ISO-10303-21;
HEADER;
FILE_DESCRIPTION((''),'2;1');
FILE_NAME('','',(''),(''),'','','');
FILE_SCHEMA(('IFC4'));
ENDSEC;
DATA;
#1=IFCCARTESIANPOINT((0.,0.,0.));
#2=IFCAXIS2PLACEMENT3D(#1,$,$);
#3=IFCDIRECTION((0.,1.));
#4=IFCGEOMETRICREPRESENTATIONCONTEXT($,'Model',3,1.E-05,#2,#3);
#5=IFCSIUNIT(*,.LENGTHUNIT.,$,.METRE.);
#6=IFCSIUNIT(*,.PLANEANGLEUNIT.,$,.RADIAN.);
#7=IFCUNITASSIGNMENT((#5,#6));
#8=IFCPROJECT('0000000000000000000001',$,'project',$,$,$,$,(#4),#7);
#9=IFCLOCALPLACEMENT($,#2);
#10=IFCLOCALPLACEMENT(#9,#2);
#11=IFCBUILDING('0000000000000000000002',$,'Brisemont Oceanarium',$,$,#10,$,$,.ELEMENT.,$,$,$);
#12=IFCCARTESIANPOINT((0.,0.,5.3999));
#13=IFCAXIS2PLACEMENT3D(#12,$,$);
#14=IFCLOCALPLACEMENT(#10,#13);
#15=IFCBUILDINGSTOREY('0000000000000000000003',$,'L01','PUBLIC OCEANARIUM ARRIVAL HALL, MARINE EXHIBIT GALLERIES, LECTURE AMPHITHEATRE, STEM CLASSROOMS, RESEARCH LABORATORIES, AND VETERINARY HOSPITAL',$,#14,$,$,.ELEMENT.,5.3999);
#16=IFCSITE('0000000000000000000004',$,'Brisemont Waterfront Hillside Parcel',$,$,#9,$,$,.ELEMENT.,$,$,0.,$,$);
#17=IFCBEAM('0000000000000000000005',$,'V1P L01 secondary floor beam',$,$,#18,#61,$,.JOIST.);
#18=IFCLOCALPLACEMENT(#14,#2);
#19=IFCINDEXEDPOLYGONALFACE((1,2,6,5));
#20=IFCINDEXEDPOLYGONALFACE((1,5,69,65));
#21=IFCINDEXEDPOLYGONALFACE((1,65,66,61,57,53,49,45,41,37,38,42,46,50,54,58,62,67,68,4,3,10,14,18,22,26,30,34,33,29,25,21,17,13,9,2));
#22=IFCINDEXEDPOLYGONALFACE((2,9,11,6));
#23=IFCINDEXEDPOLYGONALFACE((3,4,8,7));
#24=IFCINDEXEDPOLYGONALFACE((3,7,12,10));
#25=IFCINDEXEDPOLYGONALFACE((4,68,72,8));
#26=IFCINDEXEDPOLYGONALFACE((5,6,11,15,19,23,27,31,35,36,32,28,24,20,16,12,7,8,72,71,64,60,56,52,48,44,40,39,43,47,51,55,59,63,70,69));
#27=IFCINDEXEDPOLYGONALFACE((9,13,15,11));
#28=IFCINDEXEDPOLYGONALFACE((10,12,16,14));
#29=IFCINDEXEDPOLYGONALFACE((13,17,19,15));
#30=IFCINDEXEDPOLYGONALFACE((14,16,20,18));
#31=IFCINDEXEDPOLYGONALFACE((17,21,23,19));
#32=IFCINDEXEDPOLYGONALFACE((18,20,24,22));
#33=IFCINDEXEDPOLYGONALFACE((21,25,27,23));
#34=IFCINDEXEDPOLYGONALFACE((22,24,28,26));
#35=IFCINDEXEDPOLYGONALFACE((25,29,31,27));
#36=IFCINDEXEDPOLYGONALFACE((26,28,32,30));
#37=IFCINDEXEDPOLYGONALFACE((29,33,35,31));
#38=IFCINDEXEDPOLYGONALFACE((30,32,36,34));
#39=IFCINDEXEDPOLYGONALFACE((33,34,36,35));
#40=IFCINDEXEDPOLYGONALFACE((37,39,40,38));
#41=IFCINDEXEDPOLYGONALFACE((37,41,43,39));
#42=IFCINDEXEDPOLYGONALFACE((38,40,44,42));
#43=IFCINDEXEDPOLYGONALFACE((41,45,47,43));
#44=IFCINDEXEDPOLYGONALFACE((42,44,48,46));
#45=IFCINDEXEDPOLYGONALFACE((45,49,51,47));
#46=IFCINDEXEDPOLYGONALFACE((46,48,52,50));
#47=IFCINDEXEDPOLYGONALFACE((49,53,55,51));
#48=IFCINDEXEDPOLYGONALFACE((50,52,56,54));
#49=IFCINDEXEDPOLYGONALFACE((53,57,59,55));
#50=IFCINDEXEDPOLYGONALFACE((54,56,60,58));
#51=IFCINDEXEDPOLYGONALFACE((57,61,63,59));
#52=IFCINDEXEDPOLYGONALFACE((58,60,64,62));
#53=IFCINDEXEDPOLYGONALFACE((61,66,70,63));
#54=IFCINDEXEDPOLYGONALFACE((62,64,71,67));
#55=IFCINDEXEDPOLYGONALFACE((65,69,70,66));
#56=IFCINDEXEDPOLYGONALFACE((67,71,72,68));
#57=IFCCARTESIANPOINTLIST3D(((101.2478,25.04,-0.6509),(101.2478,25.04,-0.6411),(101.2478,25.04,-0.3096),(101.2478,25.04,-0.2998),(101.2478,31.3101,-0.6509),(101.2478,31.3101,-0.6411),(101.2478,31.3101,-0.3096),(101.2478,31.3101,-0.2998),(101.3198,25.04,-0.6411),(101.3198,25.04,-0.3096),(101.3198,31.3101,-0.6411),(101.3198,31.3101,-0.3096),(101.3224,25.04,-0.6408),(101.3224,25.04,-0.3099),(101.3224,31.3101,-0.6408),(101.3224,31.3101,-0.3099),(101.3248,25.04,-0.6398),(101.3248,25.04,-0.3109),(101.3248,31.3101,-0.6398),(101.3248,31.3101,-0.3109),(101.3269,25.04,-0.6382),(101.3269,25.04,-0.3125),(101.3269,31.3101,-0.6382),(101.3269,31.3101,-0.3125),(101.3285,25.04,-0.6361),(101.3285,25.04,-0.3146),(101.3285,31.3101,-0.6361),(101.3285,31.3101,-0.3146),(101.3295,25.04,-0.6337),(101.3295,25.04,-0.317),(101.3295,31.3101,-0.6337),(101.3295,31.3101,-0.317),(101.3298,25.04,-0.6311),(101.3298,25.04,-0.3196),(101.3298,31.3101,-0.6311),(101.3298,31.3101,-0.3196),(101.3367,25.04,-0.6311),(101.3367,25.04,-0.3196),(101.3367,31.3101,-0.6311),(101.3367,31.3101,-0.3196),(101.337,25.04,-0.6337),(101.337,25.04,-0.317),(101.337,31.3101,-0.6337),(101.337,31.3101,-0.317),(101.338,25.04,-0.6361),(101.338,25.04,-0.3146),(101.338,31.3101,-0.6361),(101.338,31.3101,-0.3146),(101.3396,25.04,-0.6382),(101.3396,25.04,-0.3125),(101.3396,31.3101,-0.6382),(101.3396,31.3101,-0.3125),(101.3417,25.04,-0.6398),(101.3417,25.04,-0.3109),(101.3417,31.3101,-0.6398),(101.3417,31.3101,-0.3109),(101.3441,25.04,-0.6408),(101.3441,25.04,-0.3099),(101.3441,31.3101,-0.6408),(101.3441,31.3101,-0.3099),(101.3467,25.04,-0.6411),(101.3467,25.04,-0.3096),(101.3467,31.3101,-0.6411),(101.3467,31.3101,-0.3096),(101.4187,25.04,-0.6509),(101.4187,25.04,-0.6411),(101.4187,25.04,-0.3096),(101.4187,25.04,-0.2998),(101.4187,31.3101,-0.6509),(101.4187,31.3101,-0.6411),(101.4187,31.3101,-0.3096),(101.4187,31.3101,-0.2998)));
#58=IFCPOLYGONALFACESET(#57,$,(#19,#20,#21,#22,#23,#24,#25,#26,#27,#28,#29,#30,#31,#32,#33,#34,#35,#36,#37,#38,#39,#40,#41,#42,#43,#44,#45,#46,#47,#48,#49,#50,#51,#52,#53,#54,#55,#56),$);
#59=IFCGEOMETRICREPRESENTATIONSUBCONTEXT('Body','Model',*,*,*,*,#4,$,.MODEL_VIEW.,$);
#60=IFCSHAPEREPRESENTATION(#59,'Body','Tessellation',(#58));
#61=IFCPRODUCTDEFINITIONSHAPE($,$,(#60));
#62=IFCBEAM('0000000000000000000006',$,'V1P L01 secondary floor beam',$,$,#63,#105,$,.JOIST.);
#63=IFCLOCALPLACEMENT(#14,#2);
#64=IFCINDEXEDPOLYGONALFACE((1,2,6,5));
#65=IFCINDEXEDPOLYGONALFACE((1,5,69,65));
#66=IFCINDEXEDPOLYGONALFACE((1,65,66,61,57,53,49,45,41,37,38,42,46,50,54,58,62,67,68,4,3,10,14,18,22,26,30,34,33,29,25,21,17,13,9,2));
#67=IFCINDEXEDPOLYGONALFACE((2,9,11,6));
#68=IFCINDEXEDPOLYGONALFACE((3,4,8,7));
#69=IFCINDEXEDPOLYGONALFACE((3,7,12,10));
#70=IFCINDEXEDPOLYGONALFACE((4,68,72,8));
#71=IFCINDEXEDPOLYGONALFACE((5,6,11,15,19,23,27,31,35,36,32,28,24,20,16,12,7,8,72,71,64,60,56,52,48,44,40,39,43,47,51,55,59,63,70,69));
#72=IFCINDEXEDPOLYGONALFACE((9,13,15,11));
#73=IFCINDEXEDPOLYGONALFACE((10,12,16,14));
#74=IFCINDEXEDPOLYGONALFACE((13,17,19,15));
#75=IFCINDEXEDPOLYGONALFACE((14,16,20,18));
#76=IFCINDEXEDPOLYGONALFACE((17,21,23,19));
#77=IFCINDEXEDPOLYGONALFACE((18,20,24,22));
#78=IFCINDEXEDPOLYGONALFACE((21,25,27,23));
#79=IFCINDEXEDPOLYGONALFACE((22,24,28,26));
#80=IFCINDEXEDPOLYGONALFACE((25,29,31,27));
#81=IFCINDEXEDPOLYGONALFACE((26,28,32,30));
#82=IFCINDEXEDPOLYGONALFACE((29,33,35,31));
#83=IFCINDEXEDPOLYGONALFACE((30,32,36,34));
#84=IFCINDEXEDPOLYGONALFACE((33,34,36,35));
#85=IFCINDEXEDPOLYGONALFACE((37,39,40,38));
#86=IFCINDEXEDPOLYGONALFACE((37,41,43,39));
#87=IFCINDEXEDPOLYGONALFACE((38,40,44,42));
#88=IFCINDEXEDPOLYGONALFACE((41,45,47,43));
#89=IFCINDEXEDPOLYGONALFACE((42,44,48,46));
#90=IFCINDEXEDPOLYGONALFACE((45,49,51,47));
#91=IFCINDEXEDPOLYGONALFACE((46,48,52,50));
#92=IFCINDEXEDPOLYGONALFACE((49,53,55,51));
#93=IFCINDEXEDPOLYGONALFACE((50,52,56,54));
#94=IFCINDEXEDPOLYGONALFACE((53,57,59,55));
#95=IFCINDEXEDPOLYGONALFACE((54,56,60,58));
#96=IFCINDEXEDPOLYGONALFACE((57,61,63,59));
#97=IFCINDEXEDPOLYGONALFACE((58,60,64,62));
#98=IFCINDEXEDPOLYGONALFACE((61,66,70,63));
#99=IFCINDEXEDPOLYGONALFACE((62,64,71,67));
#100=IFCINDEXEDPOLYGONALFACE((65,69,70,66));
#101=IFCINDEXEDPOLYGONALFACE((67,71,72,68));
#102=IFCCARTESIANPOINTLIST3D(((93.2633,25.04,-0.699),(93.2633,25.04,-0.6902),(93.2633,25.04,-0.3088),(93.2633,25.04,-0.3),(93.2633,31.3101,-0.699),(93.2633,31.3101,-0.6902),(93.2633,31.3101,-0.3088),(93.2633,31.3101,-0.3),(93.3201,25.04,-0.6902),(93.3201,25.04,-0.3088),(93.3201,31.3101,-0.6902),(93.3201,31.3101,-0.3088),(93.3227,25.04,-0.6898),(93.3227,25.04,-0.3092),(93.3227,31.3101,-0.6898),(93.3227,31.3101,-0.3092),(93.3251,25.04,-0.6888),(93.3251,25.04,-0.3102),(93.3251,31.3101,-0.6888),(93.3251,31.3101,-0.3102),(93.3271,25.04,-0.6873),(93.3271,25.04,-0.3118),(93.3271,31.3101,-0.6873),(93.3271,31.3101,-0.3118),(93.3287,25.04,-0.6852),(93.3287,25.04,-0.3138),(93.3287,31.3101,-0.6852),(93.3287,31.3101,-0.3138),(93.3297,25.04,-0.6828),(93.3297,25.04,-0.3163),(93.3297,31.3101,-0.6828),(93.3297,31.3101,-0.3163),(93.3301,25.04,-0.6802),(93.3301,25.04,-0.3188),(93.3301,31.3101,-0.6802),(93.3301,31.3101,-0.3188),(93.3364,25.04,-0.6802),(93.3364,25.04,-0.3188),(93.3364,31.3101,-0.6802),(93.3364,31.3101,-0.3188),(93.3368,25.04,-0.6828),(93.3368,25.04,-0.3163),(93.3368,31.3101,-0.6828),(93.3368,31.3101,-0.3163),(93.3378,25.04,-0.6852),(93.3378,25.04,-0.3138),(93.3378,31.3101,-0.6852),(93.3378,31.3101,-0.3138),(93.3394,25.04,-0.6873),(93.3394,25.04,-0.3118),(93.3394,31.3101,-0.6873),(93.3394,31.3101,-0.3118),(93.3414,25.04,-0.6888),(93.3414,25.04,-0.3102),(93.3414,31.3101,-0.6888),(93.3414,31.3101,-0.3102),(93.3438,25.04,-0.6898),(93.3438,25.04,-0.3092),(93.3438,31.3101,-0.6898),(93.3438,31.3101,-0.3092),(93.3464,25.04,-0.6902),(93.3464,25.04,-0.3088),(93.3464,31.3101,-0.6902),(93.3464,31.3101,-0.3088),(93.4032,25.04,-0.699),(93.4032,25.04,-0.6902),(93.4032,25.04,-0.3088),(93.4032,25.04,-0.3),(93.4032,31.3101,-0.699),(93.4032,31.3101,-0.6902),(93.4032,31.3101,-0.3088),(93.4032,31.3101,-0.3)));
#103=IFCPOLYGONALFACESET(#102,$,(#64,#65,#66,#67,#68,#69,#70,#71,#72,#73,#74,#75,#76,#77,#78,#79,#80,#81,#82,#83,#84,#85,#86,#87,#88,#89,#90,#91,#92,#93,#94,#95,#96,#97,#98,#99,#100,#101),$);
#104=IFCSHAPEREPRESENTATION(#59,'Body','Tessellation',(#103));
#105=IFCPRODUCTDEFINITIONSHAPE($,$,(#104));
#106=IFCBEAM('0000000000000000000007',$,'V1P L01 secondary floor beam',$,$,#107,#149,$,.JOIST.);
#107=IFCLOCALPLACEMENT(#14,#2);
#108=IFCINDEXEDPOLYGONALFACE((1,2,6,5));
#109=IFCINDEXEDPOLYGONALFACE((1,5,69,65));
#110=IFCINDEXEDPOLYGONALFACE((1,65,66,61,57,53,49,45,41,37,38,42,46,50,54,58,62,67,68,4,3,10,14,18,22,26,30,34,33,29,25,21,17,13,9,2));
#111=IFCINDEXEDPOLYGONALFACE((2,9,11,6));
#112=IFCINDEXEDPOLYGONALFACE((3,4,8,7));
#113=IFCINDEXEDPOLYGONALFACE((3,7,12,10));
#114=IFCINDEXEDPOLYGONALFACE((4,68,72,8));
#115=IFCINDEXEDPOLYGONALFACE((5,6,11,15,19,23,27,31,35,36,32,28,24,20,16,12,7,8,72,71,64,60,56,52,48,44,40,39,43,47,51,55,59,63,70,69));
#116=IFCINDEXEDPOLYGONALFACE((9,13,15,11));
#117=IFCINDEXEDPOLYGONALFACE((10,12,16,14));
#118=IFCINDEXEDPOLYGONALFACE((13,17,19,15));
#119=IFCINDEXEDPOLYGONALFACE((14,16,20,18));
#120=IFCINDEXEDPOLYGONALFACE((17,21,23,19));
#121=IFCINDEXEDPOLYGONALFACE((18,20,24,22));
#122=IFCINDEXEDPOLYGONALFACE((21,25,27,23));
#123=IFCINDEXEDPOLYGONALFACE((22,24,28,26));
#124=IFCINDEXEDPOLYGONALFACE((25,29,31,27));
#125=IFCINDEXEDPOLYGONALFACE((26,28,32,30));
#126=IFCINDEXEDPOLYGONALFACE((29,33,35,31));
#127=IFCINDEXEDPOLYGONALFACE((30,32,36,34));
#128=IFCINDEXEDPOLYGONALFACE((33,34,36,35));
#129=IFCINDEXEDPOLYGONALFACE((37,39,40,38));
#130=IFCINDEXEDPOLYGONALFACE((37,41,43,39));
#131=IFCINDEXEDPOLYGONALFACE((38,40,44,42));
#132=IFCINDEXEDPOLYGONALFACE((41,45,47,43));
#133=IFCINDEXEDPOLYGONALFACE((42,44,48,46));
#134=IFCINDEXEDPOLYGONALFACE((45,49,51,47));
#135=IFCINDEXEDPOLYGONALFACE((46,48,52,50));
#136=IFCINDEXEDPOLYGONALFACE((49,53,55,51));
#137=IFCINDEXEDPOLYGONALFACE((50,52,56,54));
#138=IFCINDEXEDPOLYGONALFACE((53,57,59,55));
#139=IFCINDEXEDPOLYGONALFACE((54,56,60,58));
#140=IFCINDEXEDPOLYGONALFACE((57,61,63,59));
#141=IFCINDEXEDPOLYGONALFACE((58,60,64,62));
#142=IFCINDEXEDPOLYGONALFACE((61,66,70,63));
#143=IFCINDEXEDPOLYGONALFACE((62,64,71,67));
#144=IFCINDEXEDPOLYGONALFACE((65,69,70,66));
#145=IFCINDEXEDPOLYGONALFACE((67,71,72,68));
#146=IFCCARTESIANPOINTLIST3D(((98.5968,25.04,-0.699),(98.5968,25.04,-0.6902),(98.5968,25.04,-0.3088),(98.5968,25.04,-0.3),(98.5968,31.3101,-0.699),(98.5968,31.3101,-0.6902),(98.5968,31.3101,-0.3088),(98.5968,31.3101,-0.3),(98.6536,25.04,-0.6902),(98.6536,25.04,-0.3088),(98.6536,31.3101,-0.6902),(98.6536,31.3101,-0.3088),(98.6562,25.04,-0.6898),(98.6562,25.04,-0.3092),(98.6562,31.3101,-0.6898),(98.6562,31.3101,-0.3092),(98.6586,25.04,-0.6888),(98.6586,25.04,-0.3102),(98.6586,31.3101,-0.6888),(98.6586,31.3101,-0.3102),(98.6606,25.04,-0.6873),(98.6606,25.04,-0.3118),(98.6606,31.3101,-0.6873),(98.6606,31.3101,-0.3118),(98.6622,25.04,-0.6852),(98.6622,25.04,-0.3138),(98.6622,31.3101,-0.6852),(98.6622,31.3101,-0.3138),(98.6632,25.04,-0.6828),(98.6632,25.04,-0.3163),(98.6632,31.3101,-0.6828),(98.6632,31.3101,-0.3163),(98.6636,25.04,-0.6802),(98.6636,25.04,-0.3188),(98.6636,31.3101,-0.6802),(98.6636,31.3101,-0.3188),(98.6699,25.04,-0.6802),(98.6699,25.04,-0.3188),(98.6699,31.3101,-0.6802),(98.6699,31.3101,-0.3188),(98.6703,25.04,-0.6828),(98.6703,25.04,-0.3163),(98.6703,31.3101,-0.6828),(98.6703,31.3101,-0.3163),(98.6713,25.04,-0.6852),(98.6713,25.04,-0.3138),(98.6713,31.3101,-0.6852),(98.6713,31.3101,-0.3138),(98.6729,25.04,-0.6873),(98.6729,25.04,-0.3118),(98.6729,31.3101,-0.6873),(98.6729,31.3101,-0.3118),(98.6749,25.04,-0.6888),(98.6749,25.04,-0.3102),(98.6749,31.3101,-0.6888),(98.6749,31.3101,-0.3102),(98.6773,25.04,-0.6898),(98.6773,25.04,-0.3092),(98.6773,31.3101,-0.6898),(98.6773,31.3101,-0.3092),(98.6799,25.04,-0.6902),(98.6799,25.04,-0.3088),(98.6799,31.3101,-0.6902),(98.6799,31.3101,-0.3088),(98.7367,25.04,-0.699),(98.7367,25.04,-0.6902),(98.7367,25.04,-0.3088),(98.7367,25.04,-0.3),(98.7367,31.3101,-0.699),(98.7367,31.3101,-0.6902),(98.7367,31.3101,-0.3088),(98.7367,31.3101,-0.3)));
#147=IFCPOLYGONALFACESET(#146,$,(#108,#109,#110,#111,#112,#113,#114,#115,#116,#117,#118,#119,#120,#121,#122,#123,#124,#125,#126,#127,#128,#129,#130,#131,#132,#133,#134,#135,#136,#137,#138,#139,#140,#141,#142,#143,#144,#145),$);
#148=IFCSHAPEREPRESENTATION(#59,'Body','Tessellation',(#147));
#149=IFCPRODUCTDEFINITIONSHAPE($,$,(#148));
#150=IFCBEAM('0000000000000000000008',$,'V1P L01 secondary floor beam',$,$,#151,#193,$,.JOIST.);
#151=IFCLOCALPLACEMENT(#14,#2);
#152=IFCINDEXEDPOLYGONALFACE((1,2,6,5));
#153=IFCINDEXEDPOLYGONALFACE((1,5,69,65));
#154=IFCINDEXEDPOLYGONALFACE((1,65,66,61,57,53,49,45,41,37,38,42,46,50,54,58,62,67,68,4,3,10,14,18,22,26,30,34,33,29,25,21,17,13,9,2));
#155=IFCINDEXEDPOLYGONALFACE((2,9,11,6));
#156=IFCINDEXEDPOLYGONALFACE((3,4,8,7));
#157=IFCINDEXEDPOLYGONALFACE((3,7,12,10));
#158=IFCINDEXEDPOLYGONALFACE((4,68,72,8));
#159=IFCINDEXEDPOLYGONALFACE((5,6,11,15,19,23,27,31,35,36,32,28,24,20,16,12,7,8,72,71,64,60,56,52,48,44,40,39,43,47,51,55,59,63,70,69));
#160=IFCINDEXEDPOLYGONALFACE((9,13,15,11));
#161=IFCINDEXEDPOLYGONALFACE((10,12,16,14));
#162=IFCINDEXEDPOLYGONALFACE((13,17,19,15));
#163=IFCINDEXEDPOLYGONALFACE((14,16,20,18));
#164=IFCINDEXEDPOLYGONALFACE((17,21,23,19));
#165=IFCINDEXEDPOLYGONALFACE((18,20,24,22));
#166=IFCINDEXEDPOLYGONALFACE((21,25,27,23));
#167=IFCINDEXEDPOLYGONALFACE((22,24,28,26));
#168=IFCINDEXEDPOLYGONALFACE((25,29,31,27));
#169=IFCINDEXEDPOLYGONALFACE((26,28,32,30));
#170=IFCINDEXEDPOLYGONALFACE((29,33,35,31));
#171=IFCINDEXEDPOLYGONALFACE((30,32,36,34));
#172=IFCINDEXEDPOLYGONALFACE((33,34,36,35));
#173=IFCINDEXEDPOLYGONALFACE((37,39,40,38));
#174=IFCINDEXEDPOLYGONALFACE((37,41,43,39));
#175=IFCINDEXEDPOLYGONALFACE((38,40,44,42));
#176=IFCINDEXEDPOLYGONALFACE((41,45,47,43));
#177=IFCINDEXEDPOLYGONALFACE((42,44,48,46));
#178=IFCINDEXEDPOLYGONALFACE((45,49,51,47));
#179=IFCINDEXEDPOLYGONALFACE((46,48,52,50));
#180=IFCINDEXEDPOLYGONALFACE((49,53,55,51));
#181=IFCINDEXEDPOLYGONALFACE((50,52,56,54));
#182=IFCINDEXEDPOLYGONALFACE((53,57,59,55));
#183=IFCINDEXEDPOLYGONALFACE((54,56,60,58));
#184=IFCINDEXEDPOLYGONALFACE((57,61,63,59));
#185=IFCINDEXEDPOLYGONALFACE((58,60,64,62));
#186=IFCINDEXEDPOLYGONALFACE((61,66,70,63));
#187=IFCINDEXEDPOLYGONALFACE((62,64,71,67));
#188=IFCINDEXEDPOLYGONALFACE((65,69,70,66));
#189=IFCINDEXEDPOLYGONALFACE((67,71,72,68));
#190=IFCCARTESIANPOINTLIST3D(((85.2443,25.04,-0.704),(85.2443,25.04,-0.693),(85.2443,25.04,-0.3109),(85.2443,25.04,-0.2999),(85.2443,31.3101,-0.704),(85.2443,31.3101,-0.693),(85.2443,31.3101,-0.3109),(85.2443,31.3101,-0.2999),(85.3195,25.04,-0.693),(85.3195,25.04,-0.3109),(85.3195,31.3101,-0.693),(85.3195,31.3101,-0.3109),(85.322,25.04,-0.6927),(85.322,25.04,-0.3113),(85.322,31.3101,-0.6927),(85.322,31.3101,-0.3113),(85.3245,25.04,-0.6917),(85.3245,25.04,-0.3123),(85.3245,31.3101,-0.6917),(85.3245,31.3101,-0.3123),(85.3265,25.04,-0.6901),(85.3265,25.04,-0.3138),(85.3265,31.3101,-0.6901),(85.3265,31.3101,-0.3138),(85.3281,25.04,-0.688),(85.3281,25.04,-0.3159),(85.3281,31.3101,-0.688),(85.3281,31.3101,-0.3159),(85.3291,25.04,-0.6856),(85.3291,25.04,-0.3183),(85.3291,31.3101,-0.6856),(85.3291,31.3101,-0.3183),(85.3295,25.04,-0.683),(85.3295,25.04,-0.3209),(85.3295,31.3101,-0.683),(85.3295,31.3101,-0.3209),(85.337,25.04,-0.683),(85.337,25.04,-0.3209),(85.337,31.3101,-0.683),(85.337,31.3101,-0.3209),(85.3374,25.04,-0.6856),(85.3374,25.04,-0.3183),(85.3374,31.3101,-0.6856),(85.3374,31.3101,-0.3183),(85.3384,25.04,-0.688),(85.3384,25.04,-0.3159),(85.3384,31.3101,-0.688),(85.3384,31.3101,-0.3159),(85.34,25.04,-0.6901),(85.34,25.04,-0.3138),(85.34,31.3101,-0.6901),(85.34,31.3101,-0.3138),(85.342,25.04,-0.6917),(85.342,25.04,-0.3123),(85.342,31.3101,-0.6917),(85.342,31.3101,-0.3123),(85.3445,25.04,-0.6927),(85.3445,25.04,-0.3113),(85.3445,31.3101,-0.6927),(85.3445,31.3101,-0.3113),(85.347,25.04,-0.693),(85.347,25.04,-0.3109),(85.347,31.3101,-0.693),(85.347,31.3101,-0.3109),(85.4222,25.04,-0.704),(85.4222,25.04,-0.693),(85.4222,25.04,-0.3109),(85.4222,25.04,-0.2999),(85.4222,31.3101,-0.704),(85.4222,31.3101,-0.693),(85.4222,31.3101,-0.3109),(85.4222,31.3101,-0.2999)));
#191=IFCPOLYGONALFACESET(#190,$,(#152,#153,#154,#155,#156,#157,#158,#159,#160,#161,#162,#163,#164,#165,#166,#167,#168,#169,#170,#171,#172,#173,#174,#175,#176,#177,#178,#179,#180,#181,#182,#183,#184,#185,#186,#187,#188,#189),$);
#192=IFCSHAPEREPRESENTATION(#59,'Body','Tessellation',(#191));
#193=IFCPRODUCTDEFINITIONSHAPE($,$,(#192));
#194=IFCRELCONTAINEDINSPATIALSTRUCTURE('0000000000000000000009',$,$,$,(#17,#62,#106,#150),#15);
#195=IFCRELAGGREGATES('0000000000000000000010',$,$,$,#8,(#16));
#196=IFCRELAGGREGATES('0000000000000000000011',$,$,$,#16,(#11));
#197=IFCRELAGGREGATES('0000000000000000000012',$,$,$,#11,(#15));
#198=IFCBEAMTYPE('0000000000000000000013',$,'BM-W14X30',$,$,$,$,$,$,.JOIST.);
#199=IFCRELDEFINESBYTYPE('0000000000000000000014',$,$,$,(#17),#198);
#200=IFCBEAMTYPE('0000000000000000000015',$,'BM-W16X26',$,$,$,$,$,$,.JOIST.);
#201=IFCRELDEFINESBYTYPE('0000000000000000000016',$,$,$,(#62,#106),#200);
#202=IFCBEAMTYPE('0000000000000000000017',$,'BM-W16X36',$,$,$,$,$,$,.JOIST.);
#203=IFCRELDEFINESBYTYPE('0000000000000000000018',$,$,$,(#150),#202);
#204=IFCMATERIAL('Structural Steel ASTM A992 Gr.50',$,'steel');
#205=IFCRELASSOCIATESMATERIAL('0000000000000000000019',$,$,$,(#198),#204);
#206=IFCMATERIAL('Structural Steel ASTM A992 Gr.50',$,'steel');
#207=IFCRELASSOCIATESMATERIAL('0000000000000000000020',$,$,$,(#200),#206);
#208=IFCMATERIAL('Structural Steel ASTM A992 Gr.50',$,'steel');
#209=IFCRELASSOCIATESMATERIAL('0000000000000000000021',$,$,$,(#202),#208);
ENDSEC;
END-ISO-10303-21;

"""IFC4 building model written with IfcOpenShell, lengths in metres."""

from ifc_helpers import new_model, si_unit, direction, frame, origin, origin_2d, place, context, subcontext, project, spatial, i_section, extrude, material, material_profile, profile_set, type_object, element, save


model = new_model("IFC4")

# Units and contexts
model_context = context("Model", 3, precision=1e-05, world=origin(), true_north=direction((0.0, 1.0)))
body_context = subcontext(model_context, "Body", "Model", "MODEL_VIEW")
ifc_project = project(units=[si_unit("LENGTHUNIT", "METRE"), si_unit("PLANEANGLEUNIT", "RADIAN")], contexts=[model_context])

# Site, building, storey
site_placement = place(None, origin())
site = spatial("IfcSite", under=ifc_project, at=site_placement, Name="Brisemont Waterfront Hillside Parcel", CompositionType="ELEMENT", RefElevation=0.0)
building_placement = place(site_placement, origin())
building = spatial("IfcBuilding", under=site, at=building_placement, Name="Brisemont Oceanarium", CompositionType="ELEMENT")
storey_placement = place(building_placement, frame((0.0, 0.0, 5.3999)))
storey = spatial("IfcBuildingStorey", under=building, at=storey_placement, Name="L01", Description="PUBLIC OCEANARIUM ARRIVAL HALL, MARINE EXHIBIT GALLERIES, LECTURE AMPHITHEATRE, STEM CLASSROOMS, RESEARCH LABORATORIES, AND VETERINARY HOSPITAL", CompositionType="ELEMENT", Elevation=5.3999)

# Beams
ifc_material_1 = material(Name="Structural Steel ASTM A992 Gr.50", Category="steel")
ifc_material_profile_1 = material_profile(ifc_material_1, i_section(OverallWidth=0.1709, OverallDepth=0.3511, WebThickness=0.0068, FlangeThickness=0.0098, FilletRadius=0.01, at=origin_2d()), Name="W14X30")
ifc_profile_set_1 = profile_set([ifc_material_profile_1], Name="Structural Steel ASTM A992 Gr.50")
beam_type_1 = type_object("IfcBeamType", Name="BM-W14X30", PredefinedType="JOIST", material=ifc_profile_set_1)
beam_1_placement = place(storey_placement, frame((101.3333, 25.04, -0.4753), z_axis=(0.0, 1.0, 0.0), x_axis=(-1.0, 0.0, 0.0)))
element("IfcBeam", 1, at=beam_1_placement, inside=storey, type_object=beam_type_1, Name="V1P L01 secondary floor beam", PredefinedType="JOIST", context=body_context, shape_type="SweptSolid", body=[
    extrude(i_section(OverallWidth=0.1709, OverallDepth=0.3511, WebThickness=0.0068, FlangeThickness=0.0098, FilletRadius=0.01, at=origin_2d()), origin(), (0.0, 0.0, 1.0), 6.27),
])
ifc_material_2 = material(Name="Structural Steel ASTM A992 Gr.50", Category="steel")
ifc_material_profile_2 = material_profile(ifc_material_2, i_section(OverallWidth=0.1399, OverallDepth=0.3989, WebThickness=0.0063, FlangeThickness=0.0088, FilletRadius=0.01, at=origin_2d()), Name="W16X26")
ifc_profile_set_2 = profile_set([ifc_material_profile_2], Name="Structural Steel ASTM A992 Gr.50")
beam_type_2 = type_object("IfcBeamType", Name="BM-W16X26", PredefinedType="JOIST", material=ifc_profile_set_2)
for number, where, z_axis, x_axis, name in (
    (2, (93.3333, 25.04, -0.4995), (0.0, 1.0, 0.0), (-1.0, 0.0, 0.0), "V1P L01 secondary floor beam"),
    (3, (98.6667, 25.04, -0.4995), (0.0, 1.0, 0.0), (-1.0, 0.0, 0.0), "V1P L01 secondary floor beam"),
):
    element("IfcBeam", number, at=place(storey_placement, frame(where, z_axis=z_axis, x_axis=x_axis)), inside=storey, type_object=beam_type_2, Name=name, PredefinedType="JOIST", context=body_context, shape_type="SweptSolid", body=[
        extrude(i_section(OverallWidth=0.1399, OverallDepth=0.3989, WebThickness=0.0063, FlangeThickness=0.0088, FilletRadius=0.01, at=origin_2d()), origin(), (0.0, 0.0, 1.0), 6.27),
    ])
ifc_material_3 = material(Name="Structural Steel ASTM A992 Gr.50", Category="steel")
ifc_material_profile_3 = material_profile(ifc_material_3, i_section(OverallWidth=0.178, OverallDepth=0.4041, WebThickness=0.0076, FlangeThickness=0.011, FilletRadius=0.01, at=origin_2d()), Name="W16X36")
ifc_profile_set_3 = profile_set([ifc_material_profile_3], Name="Structural Steel ASTM A992 Gr.50")
beam_type_3 = type_object("IfcBeamType", Name="BM-W16X36", PredefinedType="JOIST", material=ifc_profile_set_3)
for number, where, z_axis, x_axis, name in (
    (4, (85.3333, 25.04, -0.502), (0.0, 1.0, 0.0), (-1.0, 0.0, 0.0), "V1P L01 secondary floor beam"),
):
    element("IfcBeam", number, at=place(storey_placement, frame(where, z_axis=z_axis, x_axis=x_axis)), inside=storey, type_object=beam_type_3, Name=name, PredefinedType="JOIST", context=body_context, shape_type="SweptSolid", body=[
        extrude(i_section(OverallWidth=0.178, OverallDepth=0.4041, WebThickness=0.0076, FlangeThickness=0.011, FilletRadius=0.01, at=origin_2d()), origin(), (0.0, 0.0, 1.0), 6.27),
    ])

save(model, "model.ifc")
